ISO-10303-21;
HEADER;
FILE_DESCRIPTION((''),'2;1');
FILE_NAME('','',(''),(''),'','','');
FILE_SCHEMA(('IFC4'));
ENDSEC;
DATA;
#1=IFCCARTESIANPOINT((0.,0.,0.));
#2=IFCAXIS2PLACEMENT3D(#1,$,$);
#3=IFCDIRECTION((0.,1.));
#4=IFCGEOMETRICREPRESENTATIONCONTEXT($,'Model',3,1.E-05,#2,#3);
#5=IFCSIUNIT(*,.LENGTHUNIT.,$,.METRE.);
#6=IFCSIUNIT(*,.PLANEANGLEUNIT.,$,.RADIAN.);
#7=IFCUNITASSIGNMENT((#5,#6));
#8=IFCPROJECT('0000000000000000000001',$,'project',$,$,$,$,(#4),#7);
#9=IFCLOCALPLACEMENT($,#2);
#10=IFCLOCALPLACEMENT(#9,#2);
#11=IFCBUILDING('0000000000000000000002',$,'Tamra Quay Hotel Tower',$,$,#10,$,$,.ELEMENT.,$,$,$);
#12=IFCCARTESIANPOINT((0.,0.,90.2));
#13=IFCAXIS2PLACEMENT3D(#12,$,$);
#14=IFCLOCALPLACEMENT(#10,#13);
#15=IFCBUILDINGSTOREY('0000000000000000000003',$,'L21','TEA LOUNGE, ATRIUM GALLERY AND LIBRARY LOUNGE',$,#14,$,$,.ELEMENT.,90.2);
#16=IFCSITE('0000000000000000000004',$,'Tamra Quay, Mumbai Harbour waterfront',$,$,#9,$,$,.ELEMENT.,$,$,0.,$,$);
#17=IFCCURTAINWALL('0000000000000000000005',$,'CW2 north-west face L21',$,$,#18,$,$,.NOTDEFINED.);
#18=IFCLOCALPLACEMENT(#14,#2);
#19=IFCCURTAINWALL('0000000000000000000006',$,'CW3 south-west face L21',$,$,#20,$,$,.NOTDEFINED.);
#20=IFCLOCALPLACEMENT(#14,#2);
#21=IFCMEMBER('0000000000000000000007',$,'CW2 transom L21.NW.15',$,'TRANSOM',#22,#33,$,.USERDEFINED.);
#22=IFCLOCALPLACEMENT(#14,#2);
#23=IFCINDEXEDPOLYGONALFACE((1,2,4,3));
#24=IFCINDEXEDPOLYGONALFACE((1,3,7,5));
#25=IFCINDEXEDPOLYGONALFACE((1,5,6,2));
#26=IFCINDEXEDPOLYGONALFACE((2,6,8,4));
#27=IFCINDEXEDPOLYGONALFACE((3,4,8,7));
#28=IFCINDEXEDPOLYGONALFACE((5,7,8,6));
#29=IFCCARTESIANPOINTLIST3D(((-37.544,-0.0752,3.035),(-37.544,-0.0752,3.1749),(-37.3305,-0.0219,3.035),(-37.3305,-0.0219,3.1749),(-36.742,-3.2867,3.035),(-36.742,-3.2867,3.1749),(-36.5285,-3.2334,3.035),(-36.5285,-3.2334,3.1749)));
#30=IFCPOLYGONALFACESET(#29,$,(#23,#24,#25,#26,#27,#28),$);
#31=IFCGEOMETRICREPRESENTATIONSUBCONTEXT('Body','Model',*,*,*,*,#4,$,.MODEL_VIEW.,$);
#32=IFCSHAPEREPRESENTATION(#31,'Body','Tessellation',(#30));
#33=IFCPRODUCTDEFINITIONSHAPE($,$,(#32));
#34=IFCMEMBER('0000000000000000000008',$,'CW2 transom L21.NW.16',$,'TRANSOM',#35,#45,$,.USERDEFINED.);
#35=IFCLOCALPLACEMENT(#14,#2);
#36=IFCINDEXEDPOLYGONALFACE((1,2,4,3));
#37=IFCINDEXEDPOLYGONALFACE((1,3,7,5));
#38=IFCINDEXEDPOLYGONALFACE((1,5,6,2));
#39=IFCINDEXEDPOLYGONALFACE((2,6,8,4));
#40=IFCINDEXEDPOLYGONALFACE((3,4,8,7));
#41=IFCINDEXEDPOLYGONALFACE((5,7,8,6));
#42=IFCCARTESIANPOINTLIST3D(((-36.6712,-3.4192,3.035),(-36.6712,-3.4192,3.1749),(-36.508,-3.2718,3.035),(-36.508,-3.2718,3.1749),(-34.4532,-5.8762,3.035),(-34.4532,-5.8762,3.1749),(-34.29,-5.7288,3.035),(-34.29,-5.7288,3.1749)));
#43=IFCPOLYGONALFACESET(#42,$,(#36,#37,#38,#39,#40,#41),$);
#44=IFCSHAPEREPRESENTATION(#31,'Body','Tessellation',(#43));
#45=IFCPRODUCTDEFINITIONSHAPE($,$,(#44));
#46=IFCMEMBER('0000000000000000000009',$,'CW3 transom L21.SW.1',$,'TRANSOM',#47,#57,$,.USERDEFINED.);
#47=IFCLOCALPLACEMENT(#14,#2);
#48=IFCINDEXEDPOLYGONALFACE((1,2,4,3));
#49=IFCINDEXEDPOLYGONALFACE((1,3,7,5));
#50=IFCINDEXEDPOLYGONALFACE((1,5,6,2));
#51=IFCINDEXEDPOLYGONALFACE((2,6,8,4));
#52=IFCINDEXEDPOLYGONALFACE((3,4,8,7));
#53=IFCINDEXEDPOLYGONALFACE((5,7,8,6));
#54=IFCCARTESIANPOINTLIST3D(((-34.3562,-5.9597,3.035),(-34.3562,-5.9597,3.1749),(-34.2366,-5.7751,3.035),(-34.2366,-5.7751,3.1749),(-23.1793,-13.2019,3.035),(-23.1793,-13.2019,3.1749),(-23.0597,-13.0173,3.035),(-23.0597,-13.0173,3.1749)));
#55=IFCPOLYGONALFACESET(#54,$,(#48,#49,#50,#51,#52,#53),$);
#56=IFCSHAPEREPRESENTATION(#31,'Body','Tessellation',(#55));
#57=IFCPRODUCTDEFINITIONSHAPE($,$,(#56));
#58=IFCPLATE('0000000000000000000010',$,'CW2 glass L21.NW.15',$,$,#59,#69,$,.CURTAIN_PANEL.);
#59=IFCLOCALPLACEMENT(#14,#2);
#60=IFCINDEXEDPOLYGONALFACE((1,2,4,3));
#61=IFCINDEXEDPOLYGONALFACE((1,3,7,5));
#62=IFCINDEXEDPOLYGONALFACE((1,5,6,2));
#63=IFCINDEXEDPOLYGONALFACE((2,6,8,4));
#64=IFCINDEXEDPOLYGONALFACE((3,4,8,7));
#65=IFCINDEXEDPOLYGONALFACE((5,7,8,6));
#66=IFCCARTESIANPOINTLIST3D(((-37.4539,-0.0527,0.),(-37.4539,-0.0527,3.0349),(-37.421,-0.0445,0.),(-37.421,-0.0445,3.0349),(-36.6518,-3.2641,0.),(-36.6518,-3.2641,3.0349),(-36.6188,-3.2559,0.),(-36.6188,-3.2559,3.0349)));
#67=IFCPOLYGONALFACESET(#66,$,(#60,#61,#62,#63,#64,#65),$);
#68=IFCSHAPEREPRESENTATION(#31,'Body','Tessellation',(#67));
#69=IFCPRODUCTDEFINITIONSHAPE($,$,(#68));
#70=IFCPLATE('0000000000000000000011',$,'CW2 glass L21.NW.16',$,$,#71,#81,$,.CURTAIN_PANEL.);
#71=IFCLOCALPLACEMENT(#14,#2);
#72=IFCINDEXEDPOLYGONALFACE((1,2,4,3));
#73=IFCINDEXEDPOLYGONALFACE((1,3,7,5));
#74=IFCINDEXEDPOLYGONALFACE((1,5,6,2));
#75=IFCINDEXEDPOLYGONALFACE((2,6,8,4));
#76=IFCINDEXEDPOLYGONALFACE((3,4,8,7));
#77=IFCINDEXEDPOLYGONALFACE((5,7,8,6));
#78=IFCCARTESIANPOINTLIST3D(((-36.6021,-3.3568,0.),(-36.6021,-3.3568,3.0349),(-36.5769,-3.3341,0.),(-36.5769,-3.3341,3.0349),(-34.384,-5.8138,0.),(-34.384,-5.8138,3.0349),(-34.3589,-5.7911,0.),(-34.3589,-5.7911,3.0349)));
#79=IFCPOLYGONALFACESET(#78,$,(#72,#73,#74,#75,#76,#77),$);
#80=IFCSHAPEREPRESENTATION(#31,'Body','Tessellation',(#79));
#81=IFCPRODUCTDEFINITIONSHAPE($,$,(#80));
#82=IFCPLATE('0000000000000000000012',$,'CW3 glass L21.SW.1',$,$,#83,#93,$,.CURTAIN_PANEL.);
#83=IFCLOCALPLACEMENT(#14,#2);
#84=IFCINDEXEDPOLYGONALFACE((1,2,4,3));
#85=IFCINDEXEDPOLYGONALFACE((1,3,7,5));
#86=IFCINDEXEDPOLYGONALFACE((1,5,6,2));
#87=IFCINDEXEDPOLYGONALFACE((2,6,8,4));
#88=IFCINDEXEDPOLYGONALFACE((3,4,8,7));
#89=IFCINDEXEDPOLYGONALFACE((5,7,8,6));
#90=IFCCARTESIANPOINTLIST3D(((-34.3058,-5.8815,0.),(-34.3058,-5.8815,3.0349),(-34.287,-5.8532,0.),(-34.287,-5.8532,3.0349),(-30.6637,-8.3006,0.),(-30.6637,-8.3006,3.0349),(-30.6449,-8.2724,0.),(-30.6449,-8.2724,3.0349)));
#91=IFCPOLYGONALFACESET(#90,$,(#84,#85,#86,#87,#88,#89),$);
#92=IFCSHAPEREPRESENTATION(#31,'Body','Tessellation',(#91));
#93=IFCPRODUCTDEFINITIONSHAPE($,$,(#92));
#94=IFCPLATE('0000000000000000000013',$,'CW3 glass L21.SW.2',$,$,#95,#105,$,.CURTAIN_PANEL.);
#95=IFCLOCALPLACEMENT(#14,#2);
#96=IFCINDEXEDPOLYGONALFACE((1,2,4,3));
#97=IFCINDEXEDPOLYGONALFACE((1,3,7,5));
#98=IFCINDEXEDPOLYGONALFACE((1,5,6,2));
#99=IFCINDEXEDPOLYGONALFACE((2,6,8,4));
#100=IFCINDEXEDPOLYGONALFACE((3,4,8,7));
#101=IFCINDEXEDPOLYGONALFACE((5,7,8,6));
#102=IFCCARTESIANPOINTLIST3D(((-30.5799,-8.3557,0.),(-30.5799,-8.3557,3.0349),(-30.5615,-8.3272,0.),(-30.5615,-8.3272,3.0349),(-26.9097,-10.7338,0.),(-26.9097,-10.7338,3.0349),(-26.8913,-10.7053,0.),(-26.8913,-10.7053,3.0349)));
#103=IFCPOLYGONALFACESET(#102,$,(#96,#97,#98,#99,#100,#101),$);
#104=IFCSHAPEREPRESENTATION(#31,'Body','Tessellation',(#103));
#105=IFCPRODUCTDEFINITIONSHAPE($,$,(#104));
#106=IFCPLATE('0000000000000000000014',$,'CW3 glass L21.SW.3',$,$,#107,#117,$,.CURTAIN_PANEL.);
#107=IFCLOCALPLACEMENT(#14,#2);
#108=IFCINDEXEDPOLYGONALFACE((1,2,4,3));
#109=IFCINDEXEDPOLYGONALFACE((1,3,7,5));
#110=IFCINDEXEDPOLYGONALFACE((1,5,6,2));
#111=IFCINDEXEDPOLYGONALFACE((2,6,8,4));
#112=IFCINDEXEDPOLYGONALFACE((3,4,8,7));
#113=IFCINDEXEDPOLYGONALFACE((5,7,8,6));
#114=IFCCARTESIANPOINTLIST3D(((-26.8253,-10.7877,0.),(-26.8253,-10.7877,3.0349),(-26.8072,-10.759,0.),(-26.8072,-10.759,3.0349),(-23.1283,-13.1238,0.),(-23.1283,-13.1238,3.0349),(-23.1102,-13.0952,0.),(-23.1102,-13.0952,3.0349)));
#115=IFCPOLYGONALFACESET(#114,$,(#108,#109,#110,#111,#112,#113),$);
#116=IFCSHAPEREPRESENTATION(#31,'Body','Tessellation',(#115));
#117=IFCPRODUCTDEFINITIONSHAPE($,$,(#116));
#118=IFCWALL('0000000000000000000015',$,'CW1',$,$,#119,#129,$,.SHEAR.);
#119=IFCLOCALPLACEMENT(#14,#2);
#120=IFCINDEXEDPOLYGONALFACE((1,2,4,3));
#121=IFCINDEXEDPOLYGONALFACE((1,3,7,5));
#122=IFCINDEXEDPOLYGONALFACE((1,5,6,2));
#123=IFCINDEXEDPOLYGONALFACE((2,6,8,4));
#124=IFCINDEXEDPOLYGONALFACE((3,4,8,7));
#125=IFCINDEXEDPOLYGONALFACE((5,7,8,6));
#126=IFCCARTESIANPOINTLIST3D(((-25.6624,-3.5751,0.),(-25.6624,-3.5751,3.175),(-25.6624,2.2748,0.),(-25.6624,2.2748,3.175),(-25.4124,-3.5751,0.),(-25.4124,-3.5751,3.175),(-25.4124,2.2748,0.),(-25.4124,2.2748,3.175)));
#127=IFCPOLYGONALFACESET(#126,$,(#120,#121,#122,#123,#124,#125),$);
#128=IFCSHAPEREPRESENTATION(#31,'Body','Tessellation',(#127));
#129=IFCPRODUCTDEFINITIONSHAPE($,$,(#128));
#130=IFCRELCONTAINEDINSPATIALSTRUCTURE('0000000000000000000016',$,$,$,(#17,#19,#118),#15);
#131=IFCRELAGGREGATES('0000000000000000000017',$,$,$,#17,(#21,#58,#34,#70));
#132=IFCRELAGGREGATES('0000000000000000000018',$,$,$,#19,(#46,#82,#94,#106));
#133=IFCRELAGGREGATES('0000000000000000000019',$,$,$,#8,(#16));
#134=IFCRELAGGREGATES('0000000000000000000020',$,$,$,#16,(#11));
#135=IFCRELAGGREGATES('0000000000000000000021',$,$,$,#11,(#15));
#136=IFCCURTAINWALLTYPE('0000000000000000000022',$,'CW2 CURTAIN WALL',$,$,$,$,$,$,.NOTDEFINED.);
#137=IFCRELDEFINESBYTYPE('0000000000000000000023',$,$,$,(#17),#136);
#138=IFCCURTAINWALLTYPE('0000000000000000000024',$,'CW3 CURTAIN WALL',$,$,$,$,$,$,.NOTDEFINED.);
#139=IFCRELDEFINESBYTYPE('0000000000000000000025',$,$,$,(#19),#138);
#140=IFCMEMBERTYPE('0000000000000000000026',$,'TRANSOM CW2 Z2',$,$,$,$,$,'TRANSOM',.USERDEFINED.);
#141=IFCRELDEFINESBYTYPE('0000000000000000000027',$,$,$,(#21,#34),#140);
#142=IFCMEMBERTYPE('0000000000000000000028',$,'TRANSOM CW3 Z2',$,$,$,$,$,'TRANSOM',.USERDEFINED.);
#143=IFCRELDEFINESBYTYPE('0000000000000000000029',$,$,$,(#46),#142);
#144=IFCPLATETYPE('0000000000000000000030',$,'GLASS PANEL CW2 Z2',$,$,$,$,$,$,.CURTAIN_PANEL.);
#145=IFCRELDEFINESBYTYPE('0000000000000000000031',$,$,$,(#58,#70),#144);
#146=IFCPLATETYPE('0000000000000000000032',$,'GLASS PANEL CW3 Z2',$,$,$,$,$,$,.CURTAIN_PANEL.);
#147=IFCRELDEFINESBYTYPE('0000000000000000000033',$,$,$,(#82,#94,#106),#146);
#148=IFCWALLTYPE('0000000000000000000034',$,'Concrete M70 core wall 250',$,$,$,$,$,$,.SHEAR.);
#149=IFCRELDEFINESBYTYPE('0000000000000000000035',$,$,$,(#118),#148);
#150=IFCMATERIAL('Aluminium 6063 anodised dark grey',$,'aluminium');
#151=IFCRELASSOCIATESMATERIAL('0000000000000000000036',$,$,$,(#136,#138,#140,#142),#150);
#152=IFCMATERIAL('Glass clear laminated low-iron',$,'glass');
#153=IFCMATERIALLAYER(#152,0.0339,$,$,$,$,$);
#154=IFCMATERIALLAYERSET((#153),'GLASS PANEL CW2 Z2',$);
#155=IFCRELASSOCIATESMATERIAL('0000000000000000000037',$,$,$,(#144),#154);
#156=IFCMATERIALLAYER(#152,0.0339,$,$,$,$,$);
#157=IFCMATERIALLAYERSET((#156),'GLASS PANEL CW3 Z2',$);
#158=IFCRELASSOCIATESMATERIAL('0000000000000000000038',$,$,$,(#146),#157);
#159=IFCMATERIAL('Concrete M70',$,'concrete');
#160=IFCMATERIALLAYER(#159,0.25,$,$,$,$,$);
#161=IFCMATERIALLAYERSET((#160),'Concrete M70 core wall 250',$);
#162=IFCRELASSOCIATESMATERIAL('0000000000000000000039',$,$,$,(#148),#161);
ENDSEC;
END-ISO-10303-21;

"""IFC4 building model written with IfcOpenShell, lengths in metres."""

from ifc_helpers import new_model, si_unit, direction, frame, frame_2d, origin, origin_2d, place, context, subcontext, project, spatial, rectangle, extrude, material, layer, layer_set, material_profile, profile_set, type_object, element, aggregate, save


model = new_model("IFC4")

# Units and contexts
model_context = context("Model", 3, precision=1e-05, world=origin(), true_north=direction((0.0, 1.0)))
body_context = subcontext(model_context, "Body", "Model", "MODEL_VIEW")
ifc_project = project(units=[si_unit("LENGTHUNIT", "METRE"), si_unit("PLANEANGLEUNIT", "RADIAN")], contexts=[model_context])

# Site, building, storey
site_placement = place(None, origin())
site = spatial("IfcSite", under=ifc_project, at=site_placement, Name="Tamra Quay, Mumbai Harbour waterfront", CompositionType="ELEMENT", RefElevation=0.0)
building_placement = place(site_placement, origin())
building = spatial("IfcBuilding", under=site, at=building_placement, Name="Tamra Quay Hotel Tower", CompositionType="ELEMENT")
storey_placement = place(building_placement, frame((0.0, 0.0, 90.2)))
storey = spatial("IfcBuildingStorey", under=building, at=storey_placement, Name="L21", Description="TEA LOUNGE, ATRIUM GALLERY AND LIBRARY LOUNGE", CompositionType="ELEMENT", Elevation=90.2)

# Shared definitions
ifc_material_1 = material(Name="Concrete M70", Category="concrete")

# Curtain walls
ifc_material_2 = material(Name="Aluminium 6063 anodised dark grey", Category="aluminium")
curtain_wall_type_1 = type_object("IfcCurtainWallType", Name="CW2 CURTAIN WALL", PredefinedType="NOTDEFINED", material=ifc_material_2)
curtain_wall_1_placement = place(storey_placement, origin())
curtain_wall_1 = element("IfcCurtainWall", 1, at=curtain_wall_1_placement, inside=storey, type_object=curtain_wall_type_1, Name="CW2 north-west face L21", PredefinedType="NOTDEFINED")
curtain_wall_type_2 = type_object("IfcCurtainWallType", Name="CW3 CURTAIN WALL", PredefinedType="NOTDEFINED", material=ifc_material_2)
curtain_wall_2_placement = place(storey_placement, origin())
curtain_wall_2 = element("IfcCurtainWall", 2, at=curtain_wall_2_placement, inside=storey, type_object=curtain_wall_type_2, Name="CW3 south-west face L21", PredefinedType="NOTDEFINED")

# Members
ifc_material_profile_1 = material_profile(ifc_material_2, rectangle(XDim=0.22, YDim=0.1399, at=origin_2d()), Name="TRANSOM 220X140")
ifc_profile_set_1 = profile_set([ifc_material_profile_1], Name="Aluminium 6063 anodised dark grey")
member_type_1 = type_object("IfcMemberType", Name="TRANSOM CW2 Z2", ElementType="TRANSOM", PredefinedType="USERDEFINED", material=ifc_profile_set_1)
member_1_placement = place(storey_placement, frame((-37.4373, -0.0486, 3.105), z_axis=(0.242293, -0.970203, 0.0), x_axis=(0.970203, 0.242293, 0.0)))
member_1 = element("IfcMember", 3, at=member_1_placement, type_object=member_type_1, Name="CW2 transom L21.NW.15", ObjectType="TRANSOM", PredefinedType="USERDEFINED", context=body_context, shape_type="SweptSolid", body=[
    extrude(rectangle(XDim=0.22, YDim=0.1399, at=origin_2d()), origin(), (0.0, 0.0, 1.0), 3.3101),
])
member_2_placement = place(storey_placement, frame((-36.5896, -3.3455, 3.105), z_axis=(0.670081, -0.742288, 0.0), x_axis=(0.742288, 0.670081, 0.0)))
member_2 = element("IfcMember", 4, at=member_2_placement, type_object=member_type_1, Name="CW2 transom L21.NW.16", ObjectType="TRANSOM", PredefinedType="USERDEFINED", context=body_context, shape_type="SweptSolid", body=[
    extrude(rectangle(XDim=0.22, YDim=0.1399, at=origin_2d()), origin(), (0.0, 0.0, 1.0), 3.3101),
])
ifc_material_profile_2 = material_profile(ifc_material_2, rectangle(XDim=0.22, YDim=0.1399, at=origin_2d()), Name="TRANSOM 220X140")
ifc_profile_set_2 = profile_set([ifc_material_profile_2], Name="Aluminium 6063 anodised dark grey")
member_type_2 = type_object("IfcMemberType", Name="TRANSOM CW3 Z2", ElementType="TRANSOM", PredefinedType="USERDEFINED", material=ifc_profile_set_2)
member_3_placement = place(storey_placement, frame((-34.2964, -5.8674, 3.105), z_axis=(0.839227, -0.543781, 0.0), x_axis=(0.543781, 0.839227, 0.0)))
member_3 = element("IfcMember", 5, at=member_3_placement, type_object=member_type_2, Name="CW3 transom L21.SW.1", ObjectType="TRANSOM", PredefinedType="USERDEFINED", context=body_context, shape_type="SweptSolid", body=[
    extrude(rectangle(XDim=0.22, YDim=0.1399, at=origin_2d()), origin(), (0.0, 0.0, 1.0), 13.3181),
])

# Plates
ifc_material_3 = material(Name="Glass clear laminated low-iron", Category="glass")
ifc_layer_1 = layer(ifc_material_3, 0.0339)
ifc_layer_set_1 = layer_set([ifc_layer_1], Name="GLASS PANEL CW2 Z2")
plate_type_1 = type_object("IfcPlateType", Name="GLASS PANEL CW2 Z2", PredefinedType="CURTAIN_PANEL", material=ifc_layer_set_1)
plate_1_placement = place(storey_placement, frame((-37.0364, -1.6543, 0.0), z_axis=(0.0, 0.0, 1.0), x_axis=(0.242339, -0.970192, 0.0)))
plate_1 = element("IfcPlate", 6, at=plate_1_placement, type_object=plate_type_1, Name="CW2 glass L21.NW.15", PredefinedType="CURTAIN_PANEL", context=body_context, shape_type="SweptSolid", body=[
    extrude(rectangle(XDim=3.3101, YDim=0.0339, at=origin_2d()), origin(), (0.0, 0.0, 1.0), 3.0349),
])
plate_2_placement = place(storey_placement, frame((-35.4805, -4.574, 0.0), z_axis=(0.0, 0.0, 1.0), x_axis=(0.670088, -0.742282, 0.0)))
plate_2 = element("IfcPlate", 7, at=plate_2_placement, type_object=plate_type_1, Name="CW2 glass L21.NW.16", PredefinedType="CURTAIN_PANEL", context=body_context, shape_type="SweptSolid", body=[
    extrude(rectangle(XDim=3.3101, YDim=0.0339, at=origin_2d()), origin(), (0.0, 0.0, 1.0), 3.0349),
])
aggregate(curtain_wall_1, [member_1, plate_1, member_2, plate_2])
ifc_layer_2 = layer(ifc_material_3, 0.0339)
ifc_layer_set_2 = layer_set([ifc_layer_2], Name="GLASS PANEL CW3 Z2")
plate_type_2 = type_object("IfcPlateType", Name="GLASS PANEL CW3 Z2", PredefinedType="CURTAIN_PANEL", material=ifc_layer_set_2)
plate_3_placement = place(storey_placement, frame((-32.4753, -7.0769, 0.0), z_axis=(0.0, 0.0, 1.0), x_axis=(0.832988, -0.553291, 0.0)))
plate_3 = element("IfcPlate", 8, at=plate_3_placement, type_object=plate_type_2, Name="CW3 glass L21.SW.1", PredefinedType="CURTAIN_PANEL", context=body_context, shape_type="SweptSolid", body=[
    extrude(rectangle(XDim=4.3723, YDim=0.0339, at=origin_2d()), origin(), (0.0, 0.0, 1.0), 3.0349),
])
plate_4_placement = place(storey_placement, frame((-28.7356, -9.5305, 0.0), z_axis=(0.0, 0.0, 1.0), x_axis=(0.839224, -0.543786, 0.0)))
plate_4 = element("IfcPlate", 9, at=plate_4_placement, type_object=plate_type_2, Name="CW3 glass L21.SW.2", PredefinedType="CURTAIN_PANEL", context=body_context, shape_type="SweptSolid", body=[
    extrude(rectangle(XDim=4.3733, YDim=0.0339, at=origin_2d()), origin(), (0.0, 0.0, 1.0), 3.0349),
])
plate_5_placement = place(storey_placement, frame((-24.9678, -11.9414, 0.0), z_axis=(0.0, 0.0, 1.0), x_axis=(0.845362, -0.534193, 0.0)))
plate_5 = element("IfcPlate", 10, at=plate_5_placement, type_object=plate_type_2, Name="CW3 glass L21.SW.3", PredefinedType="CURTAIN_PANEL", context=body_context, shape_type="SweptSolid", body=[
    extrude(rectangle(XDim=4.3733, YDim=0.0339, at=origin_2d()), origin(), (0.0, 0.0, 1.0), 3.0349),
])
aggregate(curtain_wall_2, [member_3, plate_3, plate_4, plate_5])

# Wall
ifc_layer_3 = layer(ifc_material_1, 0.25)
ifc_layer_set_3 = layer_set([ifc_layer_3], Name="Concrete M70 core wall 250")
wall_type = type_object("IfcWallType", Name="Concrete M70 core wall 250", PredefinedType="SHEAR", material=ifc_layer_set_3)
wall_placement = place(storey_placement, frame((-25.5374, -3.575, 0.0), z_axis=(0.0, 0.0, 1.0), x_axis=(0.0, 1.0, 0.0)))
element("IfcWall", 11, at=wall_placement, inside=storey, type_object=wall_type, Name="CW1", PredefinedType="SHEAR", context=body_context, shape_type="SweptSolid", body=[
    extrude(rectangle(XDim=5.8499, YDim=0.25, at=frame_2d((2.9248, 0.0))), origin(), (0.0, 0.0, 1.0), 3.175),
])

save(model, "model.ifc")
